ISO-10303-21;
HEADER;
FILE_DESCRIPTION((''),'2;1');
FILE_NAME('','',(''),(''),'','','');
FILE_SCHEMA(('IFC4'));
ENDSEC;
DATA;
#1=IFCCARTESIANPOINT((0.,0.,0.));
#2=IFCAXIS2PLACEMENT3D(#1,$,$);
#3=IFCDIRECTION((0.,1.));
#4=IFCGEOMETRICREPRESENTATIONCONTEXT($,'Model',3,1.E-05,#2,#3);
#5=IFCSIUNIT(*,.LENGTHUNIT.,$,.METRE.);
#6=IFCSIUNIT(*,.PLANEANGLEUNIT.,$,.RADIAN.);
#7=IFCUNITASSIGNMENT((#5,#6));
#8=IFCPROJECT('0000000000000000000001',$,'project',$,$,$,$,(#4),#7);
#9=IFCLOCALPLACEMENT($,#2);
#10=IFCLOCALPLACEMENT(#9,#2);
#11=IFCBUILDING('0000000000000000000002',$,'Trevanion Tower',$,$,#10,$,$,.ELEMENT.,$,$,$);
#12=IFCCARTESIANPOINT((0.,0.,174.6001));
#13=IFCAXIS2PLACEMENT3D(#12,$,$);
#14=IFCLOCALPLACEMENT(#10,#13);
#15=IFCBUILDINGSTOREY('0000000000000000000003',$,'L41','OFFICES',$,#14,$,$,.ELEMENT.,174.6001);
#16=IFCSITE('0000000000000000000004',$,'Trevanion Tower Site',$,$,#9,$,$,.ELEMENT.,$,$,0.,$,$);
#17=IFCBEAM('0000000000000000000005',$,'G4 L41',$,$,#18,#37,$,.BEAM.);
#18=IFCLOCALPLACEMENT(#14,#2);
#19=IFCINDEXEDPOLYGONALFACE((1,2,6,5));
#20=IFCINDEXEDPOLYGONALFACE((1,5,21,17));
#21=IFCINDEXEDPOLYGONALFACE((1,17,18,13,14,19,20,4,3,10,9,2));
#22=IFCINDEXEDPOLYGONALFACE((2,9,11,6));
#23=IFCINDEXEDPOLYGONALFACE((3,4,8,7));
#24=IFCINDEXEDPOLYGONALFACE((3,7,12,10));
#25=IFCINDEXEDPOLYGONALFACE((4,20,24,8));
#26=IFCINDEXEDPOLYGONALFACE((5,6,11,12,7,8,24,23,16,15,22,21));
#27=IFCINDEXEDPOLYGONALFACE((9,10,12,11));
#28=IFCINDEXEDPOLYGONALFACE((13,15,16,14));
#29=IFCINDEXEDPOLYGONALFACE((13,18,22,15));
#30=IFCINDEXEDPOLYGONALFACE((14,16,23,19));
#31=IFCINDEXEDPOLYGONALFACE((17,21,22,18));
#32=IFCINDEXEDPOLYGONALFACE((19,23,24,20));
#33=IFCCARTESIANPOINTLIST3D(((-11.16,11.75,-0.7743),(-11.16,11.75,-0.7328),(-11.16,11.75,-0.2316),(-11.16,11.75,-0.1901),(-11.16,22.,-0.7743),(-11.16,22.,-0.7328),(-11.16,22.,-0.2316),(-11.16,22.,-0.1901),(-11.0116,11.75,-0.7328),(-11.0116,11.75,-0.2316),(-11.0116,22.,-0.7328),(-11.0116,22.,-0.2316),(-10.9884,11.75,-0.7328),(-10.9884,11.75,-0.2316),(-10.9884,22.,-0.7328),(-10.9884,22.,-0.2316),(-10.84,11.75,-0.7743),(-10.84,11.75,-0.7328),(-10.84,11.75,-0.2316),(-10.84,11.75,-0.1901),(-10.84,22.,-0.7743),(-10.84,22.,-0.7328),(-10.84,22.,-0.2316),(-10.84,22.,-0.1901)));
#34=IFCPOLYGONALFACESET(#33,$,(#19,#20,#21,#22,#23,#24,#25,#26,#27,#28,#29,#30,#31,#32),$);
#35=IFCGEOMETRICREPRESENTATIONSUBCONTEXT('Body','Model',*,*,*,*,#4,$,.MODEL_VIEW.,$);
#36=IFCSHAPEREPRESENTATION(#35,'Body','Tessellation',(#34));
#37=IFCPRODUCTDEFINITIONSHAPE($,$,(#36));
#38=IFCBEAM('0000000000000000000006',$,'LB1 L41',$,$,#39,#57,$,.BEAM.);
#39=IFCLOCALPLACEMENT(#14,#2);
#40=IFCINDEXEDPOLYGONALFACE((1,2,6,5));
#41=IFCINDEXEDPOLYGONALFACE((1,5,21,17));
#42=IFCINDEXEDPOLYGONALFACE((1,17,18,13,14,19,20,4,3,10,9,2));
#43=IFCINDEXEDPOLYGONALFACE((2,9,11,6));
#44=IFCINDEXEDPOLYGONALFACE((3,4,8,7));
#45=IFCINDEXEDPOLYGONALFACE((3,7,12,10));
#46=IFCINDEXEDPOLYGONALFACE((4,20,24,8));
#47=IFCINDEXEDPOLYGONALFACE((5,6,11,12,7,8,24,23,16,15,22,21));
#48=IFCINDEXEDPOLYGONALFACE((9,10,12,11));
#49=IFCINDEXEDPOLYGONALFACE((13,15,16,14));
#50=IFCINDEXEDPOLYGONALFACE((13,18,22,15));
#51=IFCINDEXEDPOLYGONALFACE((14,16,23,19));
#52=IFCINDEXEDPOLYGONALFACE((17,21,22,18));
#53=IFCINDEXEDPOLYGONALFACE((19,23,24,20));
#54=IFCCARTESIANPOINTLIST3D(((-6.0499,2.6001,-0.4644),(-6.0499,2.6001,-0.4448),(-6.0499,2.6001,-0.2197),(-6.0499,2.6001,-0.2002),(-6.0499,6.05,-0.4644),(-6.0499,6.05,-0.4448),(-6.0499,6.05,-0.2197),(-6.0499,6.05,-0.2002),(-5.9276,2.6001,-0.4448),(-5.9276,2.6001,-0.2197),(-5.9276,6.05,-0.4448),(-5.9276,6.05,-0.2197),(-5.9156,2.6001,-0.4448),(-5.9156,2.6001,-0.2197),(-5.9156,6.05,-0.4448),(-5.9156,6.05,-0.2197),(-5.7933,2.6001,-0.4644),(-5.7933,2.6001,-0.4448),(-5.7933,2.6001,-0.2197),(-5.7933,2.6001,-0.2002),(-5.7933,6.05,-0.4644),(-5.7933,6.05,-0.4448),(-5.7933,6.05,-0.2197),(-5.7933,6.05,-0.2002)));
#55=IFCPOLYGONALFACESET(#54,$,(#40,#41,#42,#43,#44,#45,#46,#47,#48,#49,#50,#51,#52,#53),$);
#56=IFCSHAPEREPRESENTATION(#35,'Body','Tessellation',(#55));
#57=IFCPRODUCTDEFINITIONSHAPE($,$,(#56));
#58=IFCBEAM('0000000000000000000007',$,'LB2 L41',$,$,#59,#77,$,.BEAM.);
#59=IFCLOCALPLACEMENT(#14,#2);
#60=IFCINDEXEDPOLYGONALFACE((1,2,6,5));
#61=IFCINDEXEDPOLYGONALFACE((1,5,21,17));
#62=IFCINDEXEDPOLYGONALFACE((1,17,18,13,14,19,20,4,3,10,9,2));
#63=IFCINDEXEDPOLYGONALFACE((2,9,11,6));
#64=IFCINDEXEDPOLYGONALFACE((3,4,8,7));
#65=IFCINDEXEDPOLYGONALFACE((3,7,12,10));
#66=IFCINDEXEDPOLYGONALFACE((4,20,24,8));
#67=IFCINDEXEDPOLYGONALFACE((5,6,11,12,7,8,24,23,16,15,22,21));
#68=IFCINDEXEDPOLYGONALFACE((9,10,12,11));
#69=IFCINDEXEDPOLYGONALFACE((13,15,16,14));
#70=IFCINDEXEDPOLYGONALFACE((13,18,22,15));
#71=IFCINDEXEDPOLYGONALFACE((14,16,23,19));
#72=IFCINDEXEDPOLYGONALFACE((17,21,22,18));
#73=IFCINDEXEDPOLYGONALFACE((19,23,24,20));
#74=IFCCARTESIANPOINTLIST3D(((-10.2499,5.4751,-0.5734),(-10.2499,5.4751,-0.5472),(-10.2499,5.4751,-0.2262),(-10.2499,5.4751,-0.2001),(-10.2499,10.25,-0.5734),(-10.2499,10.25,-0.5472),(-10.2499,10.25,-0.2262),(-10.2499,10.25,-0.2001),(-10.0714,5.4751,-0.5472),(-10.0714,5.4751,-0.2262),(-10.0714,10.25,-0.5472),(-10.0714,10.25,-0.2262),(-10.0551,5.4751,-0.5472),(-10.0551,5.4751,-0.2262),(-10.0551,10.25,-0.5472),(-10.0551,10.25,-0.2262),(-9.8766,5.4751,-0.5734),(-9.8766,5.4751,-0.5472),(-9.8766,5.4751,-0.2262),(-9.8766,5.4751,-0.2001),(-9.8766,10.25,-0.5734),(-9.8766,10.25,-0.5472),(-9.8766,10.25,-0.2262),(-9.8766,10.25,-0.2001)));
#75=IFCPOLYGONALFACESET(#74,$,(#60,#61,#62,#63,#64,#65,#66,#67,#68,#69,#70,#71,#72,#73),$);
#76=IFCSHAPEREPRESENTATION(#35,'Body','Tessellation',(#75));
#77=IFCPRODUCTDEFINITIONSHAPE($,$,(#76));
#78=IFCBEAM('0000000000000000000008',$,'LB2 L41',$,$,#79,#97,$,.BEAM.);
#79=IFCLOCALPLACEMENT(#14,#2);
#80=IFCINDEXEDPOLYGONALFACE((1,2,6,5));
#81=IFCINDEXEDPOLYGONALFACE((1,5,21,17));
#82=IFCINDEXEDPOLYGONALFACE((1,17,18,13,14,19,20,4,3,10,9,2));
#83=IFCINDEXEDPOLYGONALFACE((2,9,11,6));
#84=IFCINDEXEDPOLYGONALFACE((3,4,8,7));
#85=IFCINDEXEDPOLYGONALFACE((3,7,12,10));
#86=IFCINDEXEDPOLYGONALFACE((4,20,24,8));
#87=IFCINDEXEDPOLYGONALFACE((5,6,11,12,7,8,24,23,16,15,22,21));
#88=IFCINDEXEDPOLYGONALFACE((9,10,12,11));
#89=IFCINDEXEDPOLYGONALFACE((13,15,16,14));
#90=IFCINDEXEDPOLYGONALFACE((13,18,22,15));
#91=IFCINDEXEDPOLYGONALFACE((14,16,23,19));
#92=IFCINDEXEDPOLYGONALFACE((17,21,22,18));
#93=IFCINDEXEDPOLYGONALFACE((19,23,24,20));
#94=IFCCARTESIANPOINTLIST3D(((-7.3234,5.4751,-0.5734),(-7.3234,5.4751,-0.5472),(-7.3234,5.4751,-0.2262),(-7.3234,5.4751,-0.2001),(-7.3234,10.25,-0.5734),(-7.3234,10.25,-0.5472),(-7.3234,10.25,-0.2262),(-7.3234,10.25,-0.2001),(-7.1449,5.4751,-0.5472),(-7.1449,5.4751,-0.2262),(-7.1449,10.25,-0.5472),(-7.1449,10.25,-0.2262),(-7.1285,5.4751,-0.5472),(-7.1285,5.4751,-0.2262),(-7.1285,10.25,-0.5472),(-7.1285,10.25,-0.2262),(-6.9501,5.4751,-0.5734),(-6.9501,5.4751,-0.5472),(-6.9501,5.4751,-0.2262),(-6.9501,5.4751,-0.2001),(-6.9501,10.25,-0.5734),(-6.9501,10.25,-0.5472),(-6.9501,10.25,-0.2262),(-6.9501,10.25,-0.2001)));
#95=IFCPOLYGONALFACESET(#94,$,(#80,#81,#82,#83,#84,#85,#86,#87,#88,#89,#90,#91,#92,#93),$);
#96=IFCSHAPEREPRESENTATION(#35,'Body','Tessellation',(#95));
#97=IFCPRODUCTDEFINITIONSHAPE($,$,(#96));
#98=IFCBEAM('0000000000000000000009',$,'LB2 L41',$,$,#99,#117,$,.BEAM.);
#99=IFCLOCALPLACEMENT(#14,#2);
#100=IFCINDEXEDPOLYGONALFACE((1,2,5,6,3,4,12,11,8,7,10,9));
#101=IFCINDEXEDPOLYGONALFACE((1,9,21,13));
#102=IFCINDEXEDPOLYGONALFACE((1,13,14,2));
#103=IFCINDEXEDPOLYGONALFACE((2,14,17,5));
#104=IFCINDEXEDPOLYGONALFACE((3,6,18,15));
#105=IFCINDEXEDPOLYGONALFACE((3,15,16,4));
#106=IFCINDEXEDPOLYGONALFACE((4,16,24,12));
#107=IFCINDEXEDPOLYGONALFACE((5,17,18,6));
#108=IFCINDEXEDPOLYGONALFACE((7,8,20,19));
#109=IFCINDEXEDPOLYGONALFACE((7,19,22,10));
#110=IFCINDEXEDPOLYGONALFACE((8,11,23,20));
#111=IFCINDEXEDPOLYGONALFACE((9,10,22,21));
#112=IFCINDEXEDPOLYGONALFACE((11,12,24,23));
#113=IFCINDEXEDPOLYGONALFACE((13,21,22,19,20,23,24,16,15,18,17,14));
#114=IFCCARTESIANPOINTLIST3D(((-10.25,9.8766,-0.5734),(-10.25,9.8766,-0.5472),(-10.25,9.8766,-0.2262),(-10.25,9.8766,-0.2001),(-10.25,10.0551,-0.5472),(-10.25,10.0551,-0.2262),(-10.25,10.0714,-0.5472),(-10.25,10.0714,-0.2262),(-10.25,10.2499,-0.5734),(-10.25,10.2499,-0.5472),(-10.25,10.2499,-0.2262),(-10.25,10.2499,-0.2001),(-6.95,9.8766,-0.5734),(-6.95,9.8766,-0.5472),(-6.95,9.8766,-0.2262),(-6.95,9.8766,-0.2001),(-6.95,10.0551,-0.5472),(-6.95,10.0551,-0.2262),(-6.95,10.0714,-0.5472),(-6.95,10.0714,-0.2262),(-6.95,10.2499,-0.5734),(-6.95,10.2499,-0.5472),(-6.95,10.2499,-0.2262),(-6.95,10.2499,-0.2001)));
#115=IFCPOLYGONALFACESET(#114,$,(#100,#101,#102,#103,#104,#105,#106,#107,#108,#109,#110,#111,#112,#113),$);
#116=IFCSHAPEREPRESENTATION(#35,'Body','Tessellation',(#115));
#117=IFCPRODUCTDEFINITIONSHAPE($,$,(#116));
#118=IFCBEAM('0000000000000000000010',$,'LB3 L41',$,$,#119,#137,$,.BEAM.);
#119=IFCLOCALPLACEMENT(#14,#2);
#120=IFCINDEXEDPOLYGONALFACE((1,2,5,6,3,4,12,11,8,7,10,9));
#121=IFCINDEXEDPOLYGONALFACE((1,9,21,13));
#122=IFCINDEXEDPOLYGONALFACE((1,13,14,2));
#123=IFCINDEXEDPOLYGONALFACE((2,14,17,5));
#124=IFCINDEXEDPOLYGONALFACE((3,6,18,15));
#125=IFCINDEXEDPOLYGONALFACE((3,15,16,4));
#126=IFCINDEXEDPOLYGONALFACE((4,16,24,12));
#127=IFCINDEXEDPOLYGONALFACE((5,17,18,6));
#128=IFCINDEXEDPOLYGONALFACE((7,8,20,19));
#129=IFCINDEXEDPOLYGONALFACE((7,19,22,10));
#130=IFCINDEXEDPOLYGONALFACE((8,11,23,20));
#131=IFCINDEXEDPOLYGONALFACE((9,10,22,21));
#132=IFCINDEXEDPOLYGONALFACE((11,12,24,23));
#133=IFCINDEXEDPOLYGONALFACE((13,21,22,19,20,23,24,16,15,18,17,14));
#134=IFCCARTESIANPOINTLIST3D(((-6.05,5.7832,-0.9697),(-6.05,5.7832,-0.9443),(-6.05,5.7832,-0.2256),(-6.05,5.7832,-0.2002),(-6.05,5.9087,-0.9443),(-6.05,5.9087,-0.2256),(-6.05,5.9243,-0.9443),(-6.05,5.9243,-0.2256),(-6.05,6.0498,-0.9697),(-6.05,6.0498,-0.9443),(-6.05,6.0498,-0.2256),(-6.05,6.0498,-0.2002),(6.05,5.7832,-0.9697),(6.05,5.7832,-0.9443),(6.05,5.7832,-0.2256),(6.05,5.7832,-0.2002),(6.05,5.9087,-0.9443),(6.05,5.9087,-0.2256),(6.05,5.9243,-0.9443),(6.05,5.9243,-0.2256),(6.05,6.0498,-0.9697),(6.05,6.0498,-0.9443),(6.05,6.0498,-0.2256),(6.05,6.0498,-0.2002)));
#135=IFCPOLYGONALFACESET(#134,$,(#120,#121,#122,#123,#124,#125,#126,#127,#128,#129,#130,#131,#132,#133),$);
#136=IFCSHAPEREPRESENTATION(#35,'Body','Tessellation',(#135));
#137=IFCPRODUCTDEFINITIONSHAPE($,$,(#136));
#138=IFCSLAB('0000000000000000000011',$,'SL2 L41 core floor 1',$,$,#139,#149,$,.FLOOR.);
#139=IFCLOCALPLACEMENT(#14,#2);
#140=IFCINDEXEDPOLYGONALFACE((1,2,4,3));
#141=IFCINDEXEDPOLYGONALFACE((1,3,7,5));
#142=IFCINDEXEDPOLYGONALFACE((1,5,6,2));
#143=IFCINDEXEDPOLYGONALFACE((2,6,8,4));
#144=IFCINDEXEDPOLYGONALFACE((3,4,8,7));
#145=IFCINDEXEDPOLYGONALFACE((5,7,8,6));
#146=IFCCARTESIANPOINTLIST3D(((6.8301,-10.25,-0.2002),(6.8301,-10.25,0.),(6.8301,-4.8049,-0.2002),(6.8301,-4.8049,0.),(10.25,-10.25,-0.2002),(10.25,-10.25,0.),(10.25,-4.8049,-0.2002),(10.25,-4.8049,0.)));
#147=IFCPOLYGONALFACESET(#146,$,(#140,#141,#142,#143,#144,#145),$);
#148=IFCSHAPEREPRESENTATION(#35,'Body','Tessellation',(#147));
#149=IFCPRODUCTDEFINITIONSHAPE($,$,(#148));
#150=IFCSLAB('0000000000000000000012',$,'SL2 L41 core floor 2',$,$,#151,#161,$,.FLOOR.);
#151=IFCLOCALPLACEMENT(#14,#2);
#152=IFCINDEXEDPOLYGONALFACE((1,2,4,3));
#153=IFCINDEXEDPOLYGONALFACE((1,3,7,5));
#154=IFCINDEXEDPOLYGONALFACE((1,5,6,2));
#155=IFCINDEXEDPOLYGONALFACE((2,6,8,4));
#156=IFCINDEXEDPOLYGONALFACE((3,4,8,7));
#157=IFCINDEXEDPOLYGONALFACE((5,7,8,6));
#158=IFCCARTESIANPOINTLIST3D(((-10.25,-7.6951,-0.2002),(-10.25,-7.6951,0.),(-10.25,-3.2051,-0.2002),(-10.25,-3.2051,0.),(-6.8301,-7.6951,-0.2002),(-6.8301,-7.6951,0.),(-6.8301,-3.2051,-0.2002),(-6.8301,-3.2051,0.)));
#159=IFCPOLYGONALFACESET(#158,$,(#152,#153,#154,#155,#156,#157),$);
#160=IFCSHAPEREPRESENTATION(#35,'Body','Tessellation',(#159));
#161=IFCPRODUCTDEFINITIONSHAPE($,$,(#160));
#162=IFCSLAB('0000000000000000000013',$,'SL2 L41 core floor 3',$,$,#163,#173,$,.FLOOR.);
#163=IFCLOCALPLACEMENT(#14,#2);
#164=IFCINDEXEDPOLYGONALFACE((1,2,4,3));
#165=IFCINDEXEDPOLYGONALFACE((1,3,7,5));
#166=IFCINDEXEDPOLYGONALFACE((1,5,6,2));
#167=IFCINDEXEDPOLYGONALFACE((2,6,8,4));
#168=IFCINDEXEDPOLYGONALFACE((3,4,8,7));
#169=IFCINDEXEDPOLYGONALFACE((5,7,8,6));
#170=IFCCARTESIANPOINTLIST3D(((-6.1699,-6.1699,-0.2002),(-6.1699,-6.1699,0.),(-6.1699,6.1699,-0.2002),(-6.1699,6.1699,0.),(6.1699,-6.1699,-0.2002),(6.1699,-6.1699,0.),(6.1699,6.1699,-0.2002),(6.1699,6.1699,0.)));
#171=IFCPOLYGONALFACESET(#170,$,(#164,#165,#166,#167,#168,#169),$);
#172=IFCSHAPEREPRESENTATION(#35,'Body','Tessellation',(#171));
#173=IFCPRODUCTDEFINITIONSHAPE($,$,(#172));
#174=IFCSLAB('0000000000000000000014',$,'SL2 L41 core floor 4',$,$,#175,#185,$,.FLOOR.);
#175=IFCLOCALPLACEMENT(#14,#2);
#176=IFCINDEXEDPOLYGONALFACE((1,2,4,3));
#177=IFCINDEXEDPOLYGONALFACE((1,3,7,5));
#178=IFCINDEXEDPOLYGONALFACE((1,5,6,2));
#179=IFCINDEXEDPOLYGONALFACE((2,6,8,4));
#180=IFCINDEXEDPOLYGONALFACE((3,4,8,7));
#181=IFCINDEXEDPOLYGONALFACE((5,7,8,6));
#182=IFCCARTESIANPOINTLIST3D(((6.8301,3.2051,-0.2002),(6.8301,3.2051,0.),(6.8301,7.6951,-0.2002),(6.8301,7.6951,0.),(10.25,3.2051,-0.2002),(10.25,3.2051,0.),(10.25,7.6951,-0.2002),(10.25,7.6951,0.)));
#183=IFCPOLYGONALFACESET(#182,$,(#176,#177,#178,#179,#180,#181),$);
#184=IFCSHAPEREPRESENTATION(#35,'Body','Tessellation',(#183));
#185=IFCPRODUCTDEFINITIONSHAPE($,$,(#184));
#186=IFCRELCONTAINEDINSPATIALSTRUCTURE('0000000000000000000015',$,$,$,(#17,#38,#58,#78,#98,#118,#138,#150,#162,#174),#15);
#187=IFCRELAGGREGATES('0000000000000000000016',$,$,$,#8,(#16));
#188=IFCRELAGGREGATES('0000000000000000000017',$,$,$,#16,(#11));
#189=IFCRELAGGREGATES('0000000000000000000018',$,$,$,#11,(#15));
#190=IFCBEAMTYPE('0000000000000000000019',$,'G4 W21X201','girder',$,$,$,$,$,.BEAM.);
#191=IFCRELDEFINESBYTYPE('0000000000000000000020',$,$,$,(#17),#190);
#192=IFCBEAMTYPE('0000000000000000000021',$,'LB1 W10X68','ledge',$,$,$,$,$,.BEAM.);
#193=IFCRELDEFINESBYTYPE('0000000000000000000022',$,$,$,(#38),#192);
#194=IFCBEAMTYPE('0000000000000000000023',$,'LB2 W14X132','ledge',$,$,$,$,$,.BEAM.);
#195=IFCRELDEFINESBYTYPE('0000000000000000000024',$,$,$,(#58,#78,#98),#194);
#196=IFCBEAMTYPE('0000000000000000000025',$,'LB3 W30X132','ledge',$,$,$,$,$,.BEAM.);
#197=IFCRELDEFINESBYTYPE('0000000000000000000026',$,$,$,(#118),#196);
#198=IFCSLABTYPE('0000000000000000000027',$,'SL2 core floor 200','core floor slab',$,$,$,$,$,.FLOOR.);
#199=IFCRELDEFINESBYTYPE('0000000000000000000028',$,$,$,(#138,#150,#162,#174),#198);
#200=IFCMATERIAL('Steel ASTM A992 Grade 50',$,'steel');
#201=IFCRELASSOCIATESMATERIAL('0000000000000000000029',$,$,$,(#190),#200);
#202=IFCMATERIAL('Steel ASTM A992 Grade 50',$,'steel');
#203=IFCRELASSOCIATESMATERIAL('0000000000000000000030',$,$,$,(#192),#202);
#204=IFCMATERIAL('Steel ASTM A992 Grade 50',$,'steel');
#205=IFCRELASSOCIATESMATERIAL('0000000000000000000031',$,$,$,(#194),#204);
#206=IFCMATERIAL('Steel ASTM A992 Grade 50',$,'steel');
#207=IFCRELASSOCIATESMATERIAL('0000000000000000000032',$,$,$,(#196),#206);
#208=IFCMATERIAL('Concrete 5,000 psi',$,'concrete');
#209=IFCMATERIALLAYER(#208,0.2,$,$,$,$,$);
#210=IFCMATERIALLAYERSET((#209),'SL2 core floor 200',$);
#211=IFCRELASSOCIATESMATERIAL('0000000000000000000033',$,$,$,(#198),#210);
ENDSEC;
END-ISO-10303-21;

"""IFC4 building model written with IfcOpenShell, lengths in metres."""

from ifc_helpers import new_model, si_unit, direction, frame, origin, origin_2d, place, context, subcontext, project, spatial, polyline, i_section, outline, extrude, material, layer, layer_set, material_profile, profile_set, type_object, element, save


model = new_model("IFC4")

# Units and contexts
model_context = context("Model", 3, precision=1e-05, world=origin(), true_north=direction((0.0, 1.0)))
body_context = subcontext(model_context, "Body", "Model", "MODEL_VIEW")
ifc_project = project(units=[si_unit("LENGTHUNIT", "METRE"), si_unit("PLANEANGLEUNIT", "RADIAN")], contexts=[model_context])

# Site, building, storey
site_placement = place(None, origin())
site = spatial("IfcSite", under=ifc_project, at=site_placement, Name="Trevanion Tower Site", CompositionType="ELEMENT", RefElevation=0.0)
building_placement = place(site_placement, origin())
building = spatial("IfcBuilding", under=site, at=building_placement, Name="Trevanion Tower", CompositionType="ELEMENT")
storey_placement = place(building_placement, frame((0.0, 0.0, 174.6001)))
storey = spatial("IfcBuildingStorey", under=building, at=storey_placement, Name="L41", Description="OFFICES", CompositionType="ELEMENT", Elevation=174.6001)

# Beams
ifc_material_1 = material(Name="Steel ASTM A992 Grade 50", Category="steel")
ifc_material_profile_1 = material_profile(ifc_material_1, i_section(OverallWidth=0.3201, OverallDepth=0.5842, WebThickness=0.0232, FlangeThickness=0.0415, at=origin_2d()), Name="W21X201")
ifc_profile_set_1 = profile_set([ifc_material_profile_1], Name="Steel ASTM A992 Grade 50")
beam_type_1 = type_object("IfcBeamType", Name="G4 W21X201", Description="girder", PredefinedType="BEAM", material=ifc_profile_set_1)
beam_1_placement = place(storey_placement, frame((-11.0, 11.75, -0.4822), z_axis=(0.0, 1.0, 0.0), x_axis=(-1.0, 0.0, 0.0)))
element("IfcBeam", 1, at=beam_1_placement, inside=storey, type_object=beam_type_1, Name="G4 L41", PredefinedType="BEAM", context=body_context, shape_type="SweptSolid", body=[
    extrude(i_section(OverallWidth=0.3201, OverallDepth=0.5842, WebThickness=0.0232, FlangeThickness=0.0415, at=origin_2d()), origin(), (0.0, 0.0, 1.0), 10.25),
])
ifc_material_2 = material(Name="Steel ASTM A992 Grade 50", Category="steel")
ifc_material_profile_2 = material_profile(ifc_material_2, i_section(OverallWidth=0.2566, OverallDepth=0.2642, WebThickness=0.012, FlangeThickness=0.0195, at=origin_2d()), Name="W10X68")
ifc_profile_set_2 = profile_set([ifc_material_profile_2], Name="Steel ASTM A992 Grade 50")
beam_type_2 = type_object("IfcBeamType", Name="LB1 W10X68", Description="ledge", PredefinedType="BEAM", material=ifc_profile_set_2)
beam_2_placement = place(storey_placement, frame((-5.9216, 2.6001, -0.3323), z_axis=(0.0, 1.0, 0.0), x_axis=(-1.0, 0.0, 0.0)))
element("IfcBeam", 2, at=beam_2_placement, inside=storey, type_object=beam_type_2, Name="LB1 L41", PredefinedType="BEAM", context=body_context, shape_type="SweptSolid", body=[
    extrude(i_section(OverallWidth=0.2566, OverallDepth=0.2642, WebThickness=0.012, FlangeThickness=0.0195, at=origin_2d()), origin(), (0.0, 0.0, 1.0), 3.45),
])
ifc_material_3 = material(Name="Steel ASTM A992 Grade 50", Category="steel")
ifc_material_profile_3 = material_profile(ifc_material_3, i_section(OverallWidth=0.3733, OverallDepth=0.3733, WebThickness=0.0164, FlangeThickness=0.0261, at=origin_2d()), Name="W14X132")
ifc_profile_set_3 = profile_set([ifc_material_profile_3], Name="Steel ASTM A992 Grade 50")
beam_type_3 = type_object("IfcBeamType", Name="LB2 W14X132", Description="ledge", PredefinedType="BEAM", material=ifc_profile_set_3)
for number, where, z_axis, x_axis, name in (
    (3, (-10.0632, 5.4751, -0.3867), (0.0, 1.0, 0.0), (-1.0, 0.0, 0.0), "LB2 L41"),
    (4, (-7.1367, 5.4751, -0.3867), (0.0, 1.0, 0.0), (-1.0, 0.0, 0.0), "LB2 L41"),
):
    element("IfcBeam", number, at=place(storey_placement, frame(where, z_axis=z_axis, x_axis=x_axis)), inside=storey, type_object=beam_type_3, Name=name, PredefinedType="BEAM", context=body_context, shape_type="SweptSolid", body=[
        extrude(i_section(OverallWidth=0.3733, OverallDepth=0.3733, WebThickness=0.0164, FlangeThickness=0.0261, at=origin_2d()), origin(), (0.0, 0.0, 1.0), 4.7749),
    ])
beam_3_placement = place(storey_placement, frame((-10.25, 10.0632, -0.3867), z_axis=(1.0, 0.0, 0.0), x_axis=(0.0, 1.0, 0.0)))
element("IfcBeam", 5, at=beam_3_placement, inside=storey, type_object=beam_type_3, Name="LB2 L41", PredefinedType="BEAM", context=body_context, shape_type="SweptSolid", body=[
    extrude(i_section(OverallWidth=0.3733, OverallDepth=0.3733, WebThickness=0.0164, FlangeThickness=0.0261, at=origin_2d()), origin(), (0.0, 0.0, 1.0), 3.3),
])
ifc_material_4 = material(Name="Steel ASTM A992 Grade 50", Category="steel")
ifc_material_profile_4 = material_profile(ifc_material_4, i_section(OverallWidth=0.2666, OverallDepth=0.7695, WebThickness=0.0156, FlangeThickness=0.0254, at=origin_2d()), Name="W30X132")
ifc_profile_set_4 = profile_set([ifc_material_profile_4], Name="Steel ASTM A992 Grade 50")
beam_type_4 = type_object("IfcBeamType", Name="LB3 W30X132", Description="ledge", PredefinedType="BEAM", material=ifc_profile_set_4)
beam_4_placement = place(storey_placement, frame((-6.05, 5.9165, -0.585), z_axis=(1.0, 0.0, 0.0), x_axis=(0.0, 1.0, 0.0)))
element("IfcBeam", 6, at=beam_4_placement, inside=storey, type_object=beam_type_4, Name="LB3 L41", PredefinedType="BEAM", context=body_context, shape_type="SweptSolid", body=[
    extrude(i_section(OverallWidth=0.2666, OverallDepth=0.7695, WebThickness=0.0156, FlangeThickness=0.0254, at=origin_2d()), origin(), (0.0, 0.0, 1.0), 12.1001),
])

# Slabs
ifc_material_5 = material(Name="Concrete 5,000 psi", Category="concrete")
ifc_layer_1 = layer(ifc_material_5, 0.2)
ifc_layer_set_1 = layer_set([ifc_layer_1], Name="SL2 core floor 200")
slab_type_1 = type_object("IfcSlabType", Name="SL2 core floor 200", Description="core floor slab", PredefinedType="FLOOR", material=ifc_layer_set_1)
slab_1_placement = place(storey_placement, frame((0.0, 0.0, -0.2002)))
element("IfcSlab", 7, at=slab_1_placement, inside=storey, type_object=slab_type_1, Name="SL2 L41 core floor 1", PredefinedType="FLOOR", context=body_context, shape_type="SweptSolid", body=[
    extrude(outline(polyline([(10.25, -4.8049), (10.25, -10.25), (6.8301, -10.25), (6.8301, -4.8049), (10.25, -4.8049)])), origin(), (0.0, 0.0, 1.0), 0.2002),
])
slab_2_placement = place(storey_placement, frame((0.0, 0.0, -0.2002)))
element("IfcSlab", 8, at=slab_2_placement, inside=storey, type_object=slab_type_1, Name="SL2 L41 core floor 2", PredefinedType="FLOOR", context=body_context, shape_type="SweptSolid", body=[
    extrude(outline(polyline([(-6.8301, -3.2051), (-6.8301, -7.6951), (-10.25, -7.6951), (-10.25, -3.2051), (-6.8301, -3.2051)])), origin(), (0.0, 0.0, 1.0), 0.2002),
])
slab_3_placement = place(storey_placement, frame((0.0, 0.0, -0.2002)))
element("IfcSlab", 9, at=slab_3_placement, inside=storey, type_object=slab_type_1, Name="SL2 L41 core floor 3", PredefinedType="FLOOR", context=body_context, shape_type="SweptSolid", body=[
    extrude(outline(polyline([(6.1699, -6.1699), (-6.1699, -6.1699), (-6.1699, 6.1699), (6.1699, 6.1699), (6.1699, -6.1699)])), origin(), (0.0, 0.0, 1.0), 0.2002),
])
slab_4_placement = place(storey_placement, frame((0.0, 0.0, -0.2002)))
element("IfcSlab", 10, at=slab_4_placement, inside=storey, type_object=slab_type_1, Name="SL2 L41 core floor 4", PredefinedType="FLOOR", context=body_context, shape_type="SweptSolid", body=[
    extrude(outline(polyline([(6.8301, 3.2051), (6.8301, 7.6951), (10.25, 7.6951), (10.25, 3.2051), (6.8301, 3.2051)])), origin(), (0.0, 0.0, 1.0), 0.2002),
])

save(model, "model.ifc")
